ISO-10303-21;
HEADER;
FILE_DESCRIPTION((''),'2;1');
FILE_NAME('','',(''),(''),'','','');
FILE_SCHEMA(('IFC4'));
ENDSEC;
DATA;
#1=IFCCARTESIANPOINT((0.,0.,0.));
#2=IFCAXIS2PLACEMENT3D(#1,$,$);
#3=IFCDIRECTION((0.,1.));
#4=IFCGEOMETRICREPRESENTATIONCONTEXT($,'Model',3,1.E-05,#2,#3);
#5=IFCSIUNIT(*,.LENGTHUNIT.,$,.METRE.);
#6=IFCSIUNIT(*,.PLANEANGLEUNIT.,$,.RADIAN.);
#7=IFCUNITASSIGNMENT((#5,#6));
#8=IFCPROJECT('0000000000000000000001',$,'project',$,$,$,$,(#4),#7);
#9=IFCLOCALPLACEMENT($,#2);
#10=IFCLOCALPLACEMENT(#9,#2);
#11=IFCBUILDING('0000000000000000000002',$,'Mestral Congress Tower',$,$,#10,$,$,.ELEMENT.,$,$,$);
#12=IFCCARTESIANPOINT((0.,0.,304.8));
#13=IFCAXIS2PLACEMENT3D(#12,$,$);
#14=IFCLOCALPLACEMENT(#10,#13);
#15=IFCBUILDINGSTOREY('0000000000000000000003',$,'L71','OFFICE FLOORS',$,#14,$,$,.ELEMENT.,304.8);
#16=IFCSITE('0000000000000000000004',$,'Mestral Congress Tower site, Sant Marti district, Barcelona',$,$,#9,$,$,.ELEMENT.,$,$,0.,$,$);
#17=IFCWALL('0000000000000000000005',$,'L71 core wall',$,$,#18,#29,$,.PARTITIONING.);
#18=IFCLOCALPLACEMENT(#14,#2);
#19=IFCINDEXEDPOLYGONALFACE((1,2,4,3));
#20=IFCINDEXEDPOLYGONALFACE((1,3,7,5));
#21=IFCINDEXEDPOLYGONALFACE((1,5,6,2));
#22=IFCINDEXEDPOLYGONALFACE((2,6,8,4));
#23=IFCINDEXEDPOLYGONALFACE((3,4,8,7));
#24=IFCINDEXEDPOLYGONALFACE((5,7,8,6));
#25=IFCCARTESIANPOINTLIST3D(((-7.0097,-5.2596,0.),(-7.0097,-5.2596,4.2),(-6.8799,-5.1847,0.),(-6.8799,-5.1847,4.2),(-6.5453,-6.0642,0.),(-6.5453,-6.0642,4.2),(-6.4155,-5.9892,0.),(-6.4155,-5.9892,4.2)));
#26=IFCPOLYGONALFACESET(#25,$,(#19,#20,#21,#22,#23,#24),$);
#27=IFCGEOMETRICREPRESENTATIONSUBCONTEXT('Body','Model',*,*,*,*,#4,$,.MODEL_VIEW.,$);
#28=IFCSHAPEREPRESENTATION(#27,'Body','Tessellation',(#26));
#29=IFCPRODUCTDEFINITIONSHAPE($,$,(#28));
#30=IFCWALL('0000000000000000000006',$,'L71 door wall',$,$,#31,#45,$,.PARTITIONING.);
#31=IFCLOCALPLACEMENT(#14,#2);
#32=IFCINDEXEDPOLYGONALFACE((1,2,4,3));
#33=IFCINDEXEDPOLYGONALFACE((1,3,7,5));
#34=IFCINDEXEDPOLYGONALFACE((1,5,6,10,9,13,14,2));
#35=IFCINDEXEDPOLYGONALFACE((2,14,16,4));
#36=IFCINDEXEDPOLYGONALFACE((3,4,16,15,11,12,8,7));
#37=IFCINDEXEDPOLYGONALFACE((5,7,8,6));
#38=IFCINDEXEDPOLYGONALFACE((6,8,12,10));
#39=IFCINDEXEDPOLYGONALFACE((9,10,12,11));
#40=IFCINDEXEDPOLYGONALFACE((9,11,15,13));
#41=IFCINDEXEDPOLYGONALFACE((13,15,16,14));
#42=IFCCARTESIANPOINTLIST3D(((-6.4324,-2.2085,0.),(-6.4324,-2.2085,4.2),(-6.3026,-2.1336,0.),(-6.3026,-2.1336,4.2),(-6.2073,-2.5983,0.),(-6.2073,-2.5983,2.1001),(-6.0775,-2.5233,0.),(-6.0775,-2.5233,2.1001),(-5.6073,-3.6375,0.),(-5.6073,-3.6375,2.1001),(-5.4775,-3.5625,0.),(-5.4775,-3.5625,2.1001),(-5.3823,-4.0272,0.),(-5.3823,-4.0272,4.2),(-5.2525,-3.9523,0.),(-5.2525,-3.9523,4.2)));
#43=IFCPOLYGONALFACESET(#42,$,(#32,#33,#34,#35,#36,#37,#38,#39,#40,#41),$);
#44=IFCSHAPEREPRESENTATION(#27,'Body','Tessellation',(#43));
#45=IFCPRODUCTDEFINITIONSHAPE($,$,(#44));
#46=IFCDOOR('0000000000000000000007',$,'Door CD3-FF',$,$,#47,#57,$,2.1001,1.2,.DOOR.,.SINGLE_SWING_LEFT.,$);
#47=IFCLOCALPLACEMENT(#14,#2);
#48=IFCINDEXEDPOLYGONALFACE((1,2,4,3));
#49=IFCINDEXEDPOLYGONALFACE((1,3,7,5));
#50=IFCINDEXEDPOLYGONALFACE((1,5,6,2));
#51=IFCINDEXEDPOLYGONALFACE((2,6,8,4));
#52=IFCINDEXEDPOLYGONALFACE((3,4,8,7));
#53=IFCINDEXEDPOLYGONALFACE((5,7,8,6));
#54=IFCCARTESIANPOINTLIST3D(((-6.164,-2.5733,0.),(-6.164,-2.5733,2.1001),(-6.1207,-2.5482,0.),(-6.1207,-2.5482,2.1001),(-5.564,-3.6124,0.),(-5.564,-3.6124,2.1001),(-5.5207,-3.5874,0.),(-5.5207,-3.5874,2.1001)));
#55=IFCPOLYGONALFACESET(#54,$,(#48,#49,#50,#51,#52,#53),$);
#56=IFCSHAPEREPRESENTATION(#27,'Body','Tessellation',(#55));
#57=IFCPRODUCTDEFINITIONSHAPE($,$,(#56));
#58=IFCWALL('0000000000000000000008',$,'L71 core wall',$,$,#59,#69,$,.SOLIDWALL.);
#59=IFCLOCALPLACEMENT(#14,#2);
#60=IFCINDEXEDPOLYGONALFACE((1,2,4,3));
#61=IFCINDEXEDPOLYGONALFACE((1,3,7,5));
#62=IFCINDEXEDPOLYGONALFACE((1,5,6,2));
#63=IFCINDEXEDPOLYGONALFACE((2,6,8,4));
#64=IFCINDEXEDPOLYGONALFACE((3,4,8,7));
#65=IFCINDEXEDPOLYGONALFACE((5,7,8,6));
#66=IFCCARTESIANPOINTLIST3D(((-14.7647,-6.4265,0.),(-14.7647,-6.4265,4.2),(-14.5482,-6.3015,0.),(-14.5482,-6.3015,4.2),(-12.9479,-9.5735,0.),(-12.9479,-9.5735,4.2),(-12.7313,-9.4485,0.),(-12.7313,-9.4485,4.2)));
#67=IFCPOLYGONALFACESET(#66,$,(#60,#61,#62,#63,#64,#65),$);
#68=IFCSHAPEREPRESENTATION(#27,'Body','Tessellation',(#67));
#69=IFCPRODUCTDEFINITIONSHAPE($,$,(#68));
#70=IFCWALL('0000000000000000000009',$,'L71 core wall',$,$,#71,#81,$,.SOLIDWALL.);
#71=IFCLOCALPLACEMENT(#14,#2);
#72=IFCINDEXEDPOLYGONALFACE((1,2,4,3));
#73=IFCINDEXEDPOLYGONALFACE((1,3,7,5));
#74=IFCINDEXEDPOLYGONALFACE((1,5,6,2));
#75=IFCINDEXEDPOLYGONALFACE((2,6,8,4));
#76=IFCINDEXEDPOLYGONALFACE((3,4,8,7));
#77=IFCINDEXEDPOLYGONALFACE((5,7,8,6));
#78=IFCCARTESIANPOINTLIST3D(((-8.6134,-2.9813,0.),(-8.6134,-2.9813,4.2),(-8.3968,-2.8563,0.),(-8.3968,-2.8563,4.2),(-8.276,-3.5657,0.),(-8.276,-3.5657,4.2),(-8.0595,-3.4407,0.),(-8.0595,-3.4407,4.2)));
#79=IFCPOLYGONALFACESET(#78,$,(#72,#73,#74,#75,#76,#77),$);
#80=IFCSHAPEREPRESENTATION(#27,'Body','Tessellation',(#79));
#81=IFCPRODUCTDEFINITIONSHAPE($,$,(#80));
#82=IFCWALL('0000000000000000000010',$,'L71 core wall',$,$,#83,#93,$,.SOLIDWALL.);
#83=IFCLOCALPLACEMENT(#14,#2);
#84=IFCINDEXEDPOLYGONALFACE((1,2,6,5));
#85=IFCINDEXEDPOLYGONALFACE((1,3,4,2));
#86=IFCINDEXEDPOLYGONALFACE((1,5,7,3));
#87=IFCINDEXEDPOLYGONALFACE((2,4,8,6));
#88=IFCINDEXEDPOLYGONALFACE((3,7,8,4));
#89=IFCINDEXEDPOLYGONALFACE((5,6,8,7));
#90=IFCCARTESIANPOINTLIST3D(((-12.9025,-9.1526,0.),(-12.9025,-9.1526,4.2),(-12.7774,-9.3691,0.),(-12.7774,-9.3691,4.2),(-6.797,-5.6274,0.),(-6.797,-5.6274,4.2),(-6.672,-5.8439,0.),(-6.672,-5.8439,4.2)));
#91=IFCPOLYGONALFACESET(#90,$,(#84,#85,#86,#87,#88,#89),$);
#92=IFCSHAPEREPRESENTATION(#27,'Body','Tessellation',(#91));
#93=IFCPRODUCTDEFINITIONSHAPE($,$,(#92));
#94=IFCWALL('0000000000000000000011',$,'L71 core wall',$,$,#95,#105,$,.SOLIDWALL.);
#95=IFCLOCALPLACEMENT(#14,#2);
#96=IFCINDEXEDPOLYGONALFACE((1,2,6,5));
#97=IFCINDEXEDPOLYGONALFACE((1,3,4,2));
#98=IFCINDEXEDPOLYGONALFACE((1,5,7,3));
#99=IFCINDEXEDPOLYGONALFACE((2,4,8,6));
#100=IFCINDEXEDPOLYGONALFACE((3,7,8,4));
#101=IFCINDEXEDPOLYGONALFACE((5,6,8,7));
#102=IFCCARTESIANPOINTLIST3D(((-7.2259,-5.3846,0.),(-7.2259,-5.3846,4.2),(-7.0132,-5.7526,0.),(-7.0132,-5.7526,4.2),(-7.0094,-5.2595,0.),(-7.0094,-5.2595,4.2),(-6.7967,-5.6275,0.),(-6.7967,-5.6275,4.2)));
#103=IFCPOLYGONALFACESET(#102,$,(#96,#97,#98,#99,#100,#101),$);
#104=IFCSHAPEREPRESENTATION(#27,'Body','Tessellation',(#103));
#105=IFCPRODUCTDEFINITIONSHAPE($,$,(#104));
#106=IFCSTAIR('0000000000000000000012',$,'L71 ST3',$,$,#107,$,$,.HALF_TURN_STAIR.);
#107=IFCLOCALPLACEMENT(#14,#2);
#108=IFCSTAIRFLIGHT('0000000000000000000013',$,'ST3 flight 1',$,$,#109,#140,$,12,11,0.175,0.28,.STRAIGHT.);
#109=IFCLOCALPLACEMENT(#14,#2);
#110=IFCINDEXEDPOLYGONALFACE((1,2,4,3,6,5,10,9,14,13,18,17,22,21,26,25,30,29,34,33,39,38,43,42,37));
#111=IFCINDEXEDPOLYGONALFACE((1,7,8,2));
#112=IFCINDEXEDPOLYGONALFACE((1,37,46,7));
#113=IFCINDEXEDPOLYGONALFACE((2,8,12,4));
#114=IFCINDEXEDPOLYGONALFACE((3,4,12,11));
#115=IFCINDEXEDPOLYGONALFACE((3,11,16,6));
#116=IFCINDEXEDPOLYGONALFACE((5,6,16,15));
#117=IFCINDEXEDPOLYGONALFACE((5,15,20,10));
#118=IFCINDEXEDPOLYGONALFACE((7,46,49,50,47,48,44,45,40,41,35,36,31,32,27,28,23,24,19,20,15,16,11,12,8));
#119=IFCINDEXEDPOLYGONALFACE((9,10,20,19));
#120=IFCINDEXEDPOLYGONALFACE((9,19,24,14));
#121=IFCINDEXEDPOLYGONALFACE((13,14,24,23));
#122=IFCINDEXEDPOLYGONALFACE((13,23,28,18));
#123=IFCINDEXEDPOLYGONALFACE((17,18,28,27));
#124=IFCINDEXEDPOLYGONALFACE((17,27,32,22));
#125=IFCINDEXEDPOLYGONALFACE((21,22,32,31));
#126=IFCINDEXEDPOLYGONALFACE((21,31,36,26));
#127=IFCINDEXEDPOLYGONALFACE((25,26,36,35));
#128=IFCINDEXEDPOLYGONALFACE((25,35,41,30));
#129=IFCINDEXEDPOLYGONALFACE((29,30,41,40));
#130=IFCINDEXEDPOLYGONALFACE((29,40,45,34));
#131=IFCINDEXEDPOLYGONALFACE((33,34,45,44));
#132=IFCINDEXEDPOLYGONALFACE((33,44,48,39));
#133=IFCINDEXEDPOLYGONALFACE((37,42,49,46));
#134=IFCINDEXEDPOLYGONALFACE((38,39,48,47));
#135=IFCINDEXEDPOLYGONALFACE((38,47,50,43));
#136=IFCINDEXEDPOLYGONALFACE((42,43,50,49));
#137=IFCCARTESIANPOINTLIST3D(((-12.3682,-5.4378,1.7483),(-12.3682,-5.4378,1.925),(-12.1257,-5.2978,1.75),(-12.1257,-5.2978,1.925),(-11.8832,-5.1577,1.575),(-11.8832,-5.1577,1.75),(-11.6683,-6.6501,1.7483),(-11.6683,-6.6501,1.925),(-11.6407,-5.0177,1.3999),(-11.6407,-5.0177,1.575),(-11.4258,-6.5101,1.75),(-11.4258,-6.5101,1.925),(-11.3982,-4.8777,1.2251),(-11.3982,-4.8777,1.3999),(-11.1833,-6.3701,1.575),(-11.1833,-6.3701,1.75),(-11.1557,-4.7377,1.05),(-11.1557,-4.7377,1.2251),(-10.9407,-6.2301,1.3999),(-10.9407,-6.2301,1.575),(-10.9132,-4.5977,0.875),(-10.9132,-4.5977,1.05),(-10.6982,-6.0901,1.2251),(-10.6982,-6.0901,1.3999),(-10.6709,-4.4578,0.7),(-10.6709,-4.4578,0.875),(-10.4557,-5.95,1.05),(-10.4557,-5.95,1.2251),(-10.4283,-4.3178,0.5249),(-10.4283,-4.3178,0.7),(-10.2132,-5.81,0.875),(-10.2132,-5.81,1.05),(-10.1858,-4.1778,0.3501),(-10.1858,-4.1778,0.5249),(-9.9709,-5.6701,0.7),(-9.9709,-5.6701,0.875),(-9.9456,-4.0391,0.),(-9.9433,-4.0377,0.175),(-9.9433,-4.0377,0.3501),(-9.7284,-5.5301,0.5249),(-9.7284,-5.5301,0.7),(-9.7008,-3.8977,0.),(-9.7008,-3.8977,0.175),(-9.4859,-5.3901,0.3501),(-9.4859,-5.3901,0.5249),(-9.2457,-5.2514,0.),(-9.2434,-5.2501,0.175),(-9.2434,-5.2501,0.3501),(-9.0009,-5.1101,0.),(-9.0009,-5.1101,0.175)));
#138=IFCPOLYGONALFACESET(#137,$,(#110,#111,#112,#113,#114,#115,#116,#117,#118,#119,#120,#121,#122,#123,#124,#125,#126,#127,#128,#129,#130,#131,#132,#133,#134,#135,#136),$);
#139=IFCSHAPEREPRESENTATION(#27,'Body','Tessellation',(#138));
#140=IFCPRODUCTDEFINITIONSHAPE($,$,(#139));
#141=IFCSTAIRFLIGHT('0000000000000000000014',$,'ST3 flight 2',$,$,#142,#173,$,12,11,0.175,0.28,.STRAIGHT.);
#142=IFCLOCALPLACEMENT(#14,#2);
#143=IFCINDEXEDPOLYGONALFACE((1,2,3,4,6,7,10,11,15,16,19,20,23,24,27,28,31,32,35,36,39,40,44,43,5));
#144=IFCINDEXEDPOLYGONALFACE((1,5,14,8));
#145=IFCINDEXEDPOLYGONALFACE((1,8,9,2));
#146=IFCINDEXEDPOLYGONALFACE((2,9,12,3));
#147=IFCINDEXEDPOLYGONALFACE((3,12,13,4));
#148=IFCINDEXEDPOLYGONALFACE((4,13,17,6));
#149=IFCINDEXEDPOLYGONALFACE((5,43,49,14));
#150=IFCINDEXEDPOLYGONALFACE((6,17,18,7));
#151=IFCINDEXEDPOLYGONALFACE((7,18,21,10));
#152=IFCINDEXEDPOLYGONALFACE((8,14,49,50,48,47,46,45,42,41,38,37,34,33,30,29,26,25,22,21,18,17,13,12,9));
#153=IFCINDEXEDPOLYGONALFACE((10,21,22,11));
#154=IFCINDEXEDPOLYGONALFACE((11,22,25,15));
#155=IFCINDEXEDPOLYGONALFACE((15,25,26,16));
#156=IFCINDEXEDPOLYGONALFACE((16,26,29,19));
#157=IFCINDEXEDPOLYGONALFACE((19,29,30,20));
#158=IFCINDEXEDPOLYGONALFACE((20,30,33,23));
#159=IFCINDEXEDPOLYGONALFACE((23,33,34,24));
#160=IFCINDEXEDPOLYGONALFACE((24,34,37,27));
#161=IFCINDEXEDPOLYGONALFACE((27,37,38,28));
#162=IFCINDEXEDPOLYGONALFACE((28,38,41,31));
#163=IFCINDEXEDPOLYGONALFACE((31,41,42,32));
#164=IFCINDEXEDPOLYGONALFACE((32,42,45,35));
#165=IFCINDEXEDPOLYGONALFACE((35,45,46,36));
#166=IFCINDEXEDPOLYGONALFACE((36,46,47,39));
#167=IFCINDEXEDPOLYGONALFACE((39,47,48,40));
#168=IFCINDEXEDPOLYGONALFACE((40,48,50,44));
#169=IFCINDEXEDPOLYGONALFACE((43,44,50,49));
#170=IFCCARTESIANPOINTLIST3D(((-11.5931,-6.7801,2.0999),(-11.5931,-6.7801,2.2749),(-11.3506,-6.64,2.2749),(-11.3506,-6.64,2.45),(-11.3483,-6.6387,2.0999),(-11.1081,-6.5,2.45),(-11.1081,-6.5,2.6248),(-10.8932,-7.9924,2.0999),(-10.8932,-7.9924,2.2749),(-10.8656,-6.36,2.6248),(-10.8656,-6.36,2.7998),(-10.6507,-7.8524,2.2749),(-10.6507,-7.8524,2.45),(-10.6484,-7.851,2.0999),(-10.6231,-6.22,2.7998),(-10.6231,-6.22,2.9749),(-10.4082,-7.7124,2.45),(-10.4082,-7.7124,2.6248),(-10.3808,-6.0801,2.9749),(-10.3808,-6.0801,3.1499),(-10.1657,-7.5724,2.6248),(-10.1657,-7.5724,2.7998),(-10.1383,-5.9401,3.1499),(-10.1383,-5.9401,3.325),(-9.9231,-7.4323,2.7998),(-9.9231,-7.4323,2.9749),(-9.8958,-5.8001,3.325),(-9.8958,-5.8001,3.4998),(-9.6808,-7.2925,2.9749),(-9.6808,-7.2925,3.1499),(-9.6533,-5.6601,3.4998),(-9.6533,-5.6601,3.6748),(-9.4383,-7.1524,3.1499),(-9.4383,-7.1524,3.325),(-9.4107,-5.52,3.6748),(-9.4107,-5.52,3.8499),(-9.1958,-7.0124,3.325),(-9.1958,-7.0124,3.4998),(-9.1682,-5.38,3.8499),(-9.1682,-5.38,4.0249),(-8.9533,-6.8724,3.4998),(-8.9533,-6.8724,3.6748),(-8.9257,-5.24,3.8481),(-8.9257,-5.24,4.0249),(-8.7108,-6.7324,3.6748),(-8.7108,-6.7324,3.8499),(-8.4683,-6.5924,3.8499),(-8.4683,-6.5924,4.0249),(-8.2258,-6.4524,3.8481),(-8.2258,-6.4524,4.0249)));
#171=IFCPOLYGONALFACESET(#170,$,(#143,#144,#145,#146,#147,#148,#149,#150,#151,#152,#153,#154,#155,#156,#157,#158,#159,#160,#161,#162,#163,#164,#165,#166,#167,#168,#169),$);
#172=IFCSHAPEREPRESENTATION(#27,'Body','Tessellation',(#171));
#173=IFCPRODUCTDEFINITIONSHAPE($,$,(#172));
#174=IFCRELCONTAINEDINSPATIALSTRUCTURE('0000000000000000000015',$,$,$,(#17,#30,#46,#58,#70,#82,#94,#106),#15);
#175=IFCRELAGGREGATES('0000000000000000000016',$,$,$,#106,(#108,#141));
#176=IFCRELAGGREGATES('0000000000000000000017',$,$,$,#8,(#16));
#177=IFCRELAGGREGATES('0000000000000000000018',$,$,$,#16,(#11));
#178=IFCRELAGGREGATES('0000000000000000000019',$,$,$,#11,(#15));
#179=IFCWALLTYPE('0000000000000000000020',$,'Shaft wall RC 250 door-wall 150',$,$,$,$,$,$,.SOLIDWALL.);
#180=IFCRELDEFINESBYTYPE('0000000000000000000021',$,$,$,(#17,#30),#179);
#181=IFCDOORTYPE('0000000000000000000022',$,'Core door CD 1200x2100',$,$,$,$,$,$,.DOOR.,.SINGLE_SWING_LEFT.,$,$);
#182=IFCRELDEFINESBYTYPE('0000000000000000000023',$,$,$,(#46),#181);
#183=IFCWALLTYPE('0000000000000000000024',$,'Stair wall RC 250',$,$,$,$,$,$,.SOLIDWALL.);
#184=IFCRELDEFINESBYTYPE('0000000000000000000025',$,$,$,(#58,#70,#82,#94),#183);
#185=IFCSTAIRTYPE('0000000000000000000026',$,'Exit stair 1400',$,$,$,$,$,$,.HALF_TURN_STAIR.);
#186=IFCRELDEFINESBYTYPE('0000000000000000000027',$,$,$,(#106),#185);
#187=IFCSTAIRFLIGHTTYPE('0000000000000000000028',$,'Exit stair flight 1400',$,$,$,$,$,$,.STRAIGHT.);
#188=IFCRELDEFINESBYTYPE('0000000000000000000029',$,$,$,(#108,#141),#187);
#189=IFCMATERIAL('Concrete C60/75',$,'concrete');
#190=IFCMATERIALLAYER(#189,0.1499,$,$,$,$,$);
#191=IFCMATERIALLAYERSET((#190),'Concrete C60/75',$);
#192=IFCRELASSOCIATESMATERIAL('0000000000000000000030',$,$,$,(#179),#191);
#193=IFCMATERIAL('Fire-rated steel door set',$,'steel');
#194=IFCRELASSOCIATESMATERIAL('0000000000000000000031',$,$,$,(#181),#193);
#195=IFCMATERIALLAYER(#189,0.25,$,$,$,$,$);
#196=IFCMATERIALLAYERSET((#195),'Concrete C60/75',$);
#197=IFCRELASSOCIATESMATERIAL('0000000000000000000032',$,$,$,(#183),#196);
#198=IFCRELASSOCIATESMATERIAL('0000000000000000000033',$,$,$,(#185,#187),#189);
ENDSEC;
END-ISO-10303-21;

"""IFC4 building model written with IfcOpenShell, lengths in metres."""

from ifc_helpers import new_model, si_unit, direction, frame, frame_2d, origin, place, context, subcontext, project, spatial, polyline, rectangle, outline, extrude, material, layer, layer_set, type_object, element, fill, aggregate, save


model = new_model("IFC4")

# Units and contexts
model_context = context("Model", 3, precision=1e-05, world=origin(), true_north=direction((0.0, 1.0)))
body_context = subcontext(model_context, "Body", "Model", "MODEL_VIEW")
ifc_project = project(units=[si_unit("LENGTHUNIT", "METRE"), si_unit("PLANEANGLEUNIT", "RADIAN")], contexts=[model_context])

# Site, building, storey
site_placement = place(None, origin())
site = spatial("IfcSite", under=ifc_project, at=site_placement, Name="Mestral Congress Tower site, Sant Marti district, Barcelona", CompositionType="ELEMENT", RefElevation=0.0)
building_placement = place(site_placement, origin())
building = spatial("IfcBuilding", under=site, at=building_placement, Name="Mestral Congress Tower", CompositionType="ELEMENT")
storey_placement = place(building_placement, frame((0.0, 0.0, 304.8)))
storey = spatial("IfcBuildingStorey", under=building, at=storey_placement, Name="L71", Description="OFFICE FLOORS", CompositionType="ELEMENT", Elevation=304.8)

# Shared definitions
ifc_material_1 = material(Name="Concrete C60/75", Category="concrete")

# Shared definitions
ifc_material_2 = material(Name="Fire-rated steel door set", Category="steel")

# Wall
ifc_layer_1 = layer(ifc_material_1, 0.1499)
ifc_layer_set_1 = layer_set([ifc_layer_1], Name="Concrete C60/75")
wall_type_1 = type_object("IfcWallType", Name="Shaft wall RC 250 door-wall 150", PredefinedType="SOLIDWALL", material=ifc_layer_set_1)
wall_1_placement = place(storey_placement, frame((-6.4805, -6.0266, 0.0), z_axis=(0.0, 0.0, 1.0), x_axis=(-0.499927, 0.866067, 0.0)))
element("IfcWall", 1, at=wall_1_placement, inside=storey, type_object=wall_type_1, Name="L71 core wall", PredefinedType="PARTITIONING", context=body_context, shape_type="SweptSolid", body=[
    extrude(rectangle(XDim=0.929, YDim=0.1499, at=frame_2d((0.4644, 0.0))), origin(), (0.0, 0.0, 1.0), 4.2),
])

# Wall, opening, door
wall_2_placement = place(storey_placement, frame((-5.3174, -3.9897, 0.0), z_axis=(0.0, 0.0, 1.0), x_axis=(-0.500028, 0.866009, 0.0)))
wall_2 = element("IfcWall", 2, at=wall_2_placement, inside=storey, type_object=wall_type_1, Name="L71 door wall", PredefinedType="PARTITIONING", context=body_context, shape_type="SweptSolid", body=[
    extrude(rectangle(XDim=2.1001, YDim=0.1499, at=frame_2d((1.05, 0.0))), origin(), (0.0, 0.0, 1.0), 4.2),
])
opening_1_placement = place(wall_2_placement, frame((0.45, 0.0, 0.0)))
opening_1 = element("IfcOpeningElement", 3, at=opening_1_placement, cuts=wall_2, PredefinedType="OPENING", context=body_context, shape_type="SweptSolid", body=[
    extrude(rectangle(XDim=1.2, YDim=2.1001, at=frame_2d((0.6001, 1.05))), frame((0.0, 0.085, 0.0), z_axis=(0.0, -1.0, 0.0), x_axis=(1.0, 0.0, 0.0)), (0.0, 0.0, 1.0), 0.1699),
])
door_type_1 = type_object("IfcDoorType", Name="Core door CD 1200x2100", OperationType="SINGLE_SWING_LEFT", PredefinedType="DOOR", material=ifc_material_2)
door_1_placement = place(opening_1_placement, origin())
door_1 = element("IfcDoor", 4, at=door_1_placement, inside=storey, type_object=door_type_1, Name="Door CD3-FF", OperationType="SINGLE_SWING_LEFT", OverallHeight=2.1001, OverallWidth=1.2, PredefinedType="DOOR", context=body_context, shape_type="SweptSolid", body=[
    extrude(rectangle(XDim=1.2, YDim=2.1001, at=frame_2d((0.6001, 1.05))), frame((0.0, 0.0249, 0.0), z_axis=(0.0, -1.0, 0.0), x_axis=(1.0, 0.0, 0.0)), (0.0, 0.0, 1.0), 0.05),
])
fill(opening_1, door_1)

# Walls
ifc_layer_2 = layer(ifc_material_1, 0.25)
ifc_layer_set_2 = layer_set([ifc_layer_2], Name="Concrete C60/75")
wall_type_2 = type_object("IfcWallType", Name="Stair wall RC 250", PredefinedType="SOLIDWALL", material=ifc_layer_set_2)
wall_3_placement = place(storey_placement, frame((-12.8396, -9.511, 0.0), z_axis=(0.0, 0.0, 1.0), x_axis=(-0.499998, 0.866027, 0.0)))
element("IfcWall", 5, at=wall_3_placement, inside=storey, type_object=wall_type_2, Name="L71 core wall", PredefinedType="SOLIDWALL", context=body_context, shape_type="SweptSolid", body=[
    extrude(rectangle(XDim=3.6338, YDim=0.25, at=frame_2d((1.8169, 0.0))), origin(), (0.0, 0.0, 1.0), 4.2),
])
wall_4_placement = place(storey_placement, frame((-8.1677, -3.5032, 0.0), z_axis=(0.0, 0.0, 1.0), x_axis=(-0.499952, 0.866053, 0.0)))
element("IfcWall", 6, at=wall_4_placement, inside=storey, type_object=wall_type_2, Name="L71 core wall", PredefinedType="SOLIDWALL", context=body_context, shape_type="SweptSolid", body=[
    extrude(rectangle(XDim=0.6748, YDim=0.25, at=frame_2d((0.3374, 0.0))), origin(), (0.0, 0.0, 1.0), 4.2),
])
wall_5_placement = place(storey_placement, frame((-12.8398, -9.2607, 0.0), z_axis=(0.0, 0.0, 1.0), x_axis=(0.866016, 0.500016, 0.0)))
element("IfcWall", 7, at=wall_5_placement, inside=storey, type_object=wall_type_2, Name="L71 core wall", PredefinedType="SOLIDWALL", context=body_context, shape_type="SweptSolid", body=[
    extrude(rectangle(XDim=7.05, YDim=0.25, at=frame_2d((3.5249, 0.0))), origin(), (0.0, 0.0, 1.0), 4.2),
])
wall_6_placement = place(storey_placement, frame((-6.905, -5.6899, 0.0), z_axis=(0.0, 0.0, 1.0), x_axis=(-0.500402, 0.865793, 0.0)))
element("IfcWall", 8, at=wall_6_placement, inside=storey, type_object=wall_type_2, Name="L71 core wall", PredefinedType="SOLIDWALL", context=body_context, shape_type="SweptSolid", body=[
    extrude(rectangle(XDim=0.425, YDim=0.25, at=frame_2d((0.2124, 0.0))), origin(), (0.0, 0.0, 1.0), 4.2),
])

# Stair, stair flights
stair_type = type_object("IfcStairType", Name="Exit stair 1400", PredefinedType="HALF_TURN_STAIR", material=ifc_material_1)
stair_placement = place(storey_placement, origin())
stair = element("IfcStair", 9, at=stair_placement, inside=storey, type_object=stair_type, Name="L71 ST3", PredefinedType="HALF_TURN_STAIR")
stair_flight_type = type_object("IfcStairFlightType", Name="Exit stair flight 1400", PredefinedType="STRAIGHT", material=ifc_material_1)
stair_flight_1_placement = place(storey_placement, frame((-9.3508, -4.5039, 0.0), z_axis=(0.0, 0.0, 1.0), x_axis=(-0.866025, -0.5, 0.0)))
stair_flight_1 = element("IfcStairFlight", 10, at=stair_flight_1_placement, type_object=stair_flight_type, Name="ST3 flight 1", NumberOfRisers=12, NumberOfTreads=11, PredefinedType="STRAIGHT", RiserHeight=0.175, TreadLength=0.28, context=body_context, shape_type="SweptSolid", body=[
    extrude(outline(polyline([(0.0, 0.0), (0.0, 0.175), (0.28, 0.175), (0.28, 0.3501), (0.5601, 0.3501), (0.5601, 0.5249), (0.8401, 0.5249), (0.8401, 0.7), (1.1201, 0.7), (1.1201, 0.875), (1.3999, 0.875), (1.3999, 1.05), (1.6799, 1.05), (1.6799, 1.2251), (1.96, 1.2251), (1.96, 1.3999), (2.24, 1.3999), (2.24, 1.575), (2.52, 1.575), (2.52, 1.75), (2.8, 1.75), (2.8, 1.925), (3.0801, 1.925), (3.0801, 2.1001), (3.0801, 1.7483), (0.2827, 0.0), (0.0, 0.0)])), frame((0.0, 0.7, 0.0), z_axis=(0.0, -1.0, 0.0), x_axis=(1.0, 0.0, 0.0)), (0.0, 0.0, 1.0), 1.3999),
])
stair_flight_2_placement = place(storey_placement, frame((-11.2432, -7.3862, 2.0999), z_axis=(0.0, 0.0, 1.0), x_axis=(0.866025, 0.5, 0.0)))
stair_flight_2 = element("IfcStairFlight", 11, at=stair_flight_2_placement, type_object=stair_flight_type, Name="ST3 flight 2", NumberOfRisers=12, NumberOfTreads=11, PredefinedType="STRAIGHT", RiserHeight=0.175, TreadLength=0.28, context=body_context, shape_type="SweptSolid", body=[
    extrude(outline(polyline([(0.0, 0.0), (0.0, 0.175), (0.28, 0.175), (0.28, 0.3501), (0.5601, 0.3501), (0.5601, 0.5249), (0.8401, 0.5249), (0.8401, 0.7), (1.1201, 0.7), (1.1201, 0.875), (1.3999, 0.875), (1.3999, 1.05), (1.6799, 1.05), (1.6799, 1.2251), (1.96, 1.2251), (1.96, 1.3999), (2.24, 1.3999), (2.24, 1.575), (2.52, 1.575), (2.52, 1.75), (2.8, 1.75), (2.8, 1.925), (3.0801, 1.925), (3.0801, 2.1001), (3.0801, 1.7483), (0.2827, 0.0), (0.0, 0.0)])), frame((0.0, 0.7, 0.0), z_axis=(0.0, -1.0, 0.0), x_axis=(1.0, 0.0, 0.0)), (0.0, 0.0, 1.0), 1.3999),
])
aggregate(stair, [stair_flight_1, stair_flight_2])

save(model, "model.ifc")
